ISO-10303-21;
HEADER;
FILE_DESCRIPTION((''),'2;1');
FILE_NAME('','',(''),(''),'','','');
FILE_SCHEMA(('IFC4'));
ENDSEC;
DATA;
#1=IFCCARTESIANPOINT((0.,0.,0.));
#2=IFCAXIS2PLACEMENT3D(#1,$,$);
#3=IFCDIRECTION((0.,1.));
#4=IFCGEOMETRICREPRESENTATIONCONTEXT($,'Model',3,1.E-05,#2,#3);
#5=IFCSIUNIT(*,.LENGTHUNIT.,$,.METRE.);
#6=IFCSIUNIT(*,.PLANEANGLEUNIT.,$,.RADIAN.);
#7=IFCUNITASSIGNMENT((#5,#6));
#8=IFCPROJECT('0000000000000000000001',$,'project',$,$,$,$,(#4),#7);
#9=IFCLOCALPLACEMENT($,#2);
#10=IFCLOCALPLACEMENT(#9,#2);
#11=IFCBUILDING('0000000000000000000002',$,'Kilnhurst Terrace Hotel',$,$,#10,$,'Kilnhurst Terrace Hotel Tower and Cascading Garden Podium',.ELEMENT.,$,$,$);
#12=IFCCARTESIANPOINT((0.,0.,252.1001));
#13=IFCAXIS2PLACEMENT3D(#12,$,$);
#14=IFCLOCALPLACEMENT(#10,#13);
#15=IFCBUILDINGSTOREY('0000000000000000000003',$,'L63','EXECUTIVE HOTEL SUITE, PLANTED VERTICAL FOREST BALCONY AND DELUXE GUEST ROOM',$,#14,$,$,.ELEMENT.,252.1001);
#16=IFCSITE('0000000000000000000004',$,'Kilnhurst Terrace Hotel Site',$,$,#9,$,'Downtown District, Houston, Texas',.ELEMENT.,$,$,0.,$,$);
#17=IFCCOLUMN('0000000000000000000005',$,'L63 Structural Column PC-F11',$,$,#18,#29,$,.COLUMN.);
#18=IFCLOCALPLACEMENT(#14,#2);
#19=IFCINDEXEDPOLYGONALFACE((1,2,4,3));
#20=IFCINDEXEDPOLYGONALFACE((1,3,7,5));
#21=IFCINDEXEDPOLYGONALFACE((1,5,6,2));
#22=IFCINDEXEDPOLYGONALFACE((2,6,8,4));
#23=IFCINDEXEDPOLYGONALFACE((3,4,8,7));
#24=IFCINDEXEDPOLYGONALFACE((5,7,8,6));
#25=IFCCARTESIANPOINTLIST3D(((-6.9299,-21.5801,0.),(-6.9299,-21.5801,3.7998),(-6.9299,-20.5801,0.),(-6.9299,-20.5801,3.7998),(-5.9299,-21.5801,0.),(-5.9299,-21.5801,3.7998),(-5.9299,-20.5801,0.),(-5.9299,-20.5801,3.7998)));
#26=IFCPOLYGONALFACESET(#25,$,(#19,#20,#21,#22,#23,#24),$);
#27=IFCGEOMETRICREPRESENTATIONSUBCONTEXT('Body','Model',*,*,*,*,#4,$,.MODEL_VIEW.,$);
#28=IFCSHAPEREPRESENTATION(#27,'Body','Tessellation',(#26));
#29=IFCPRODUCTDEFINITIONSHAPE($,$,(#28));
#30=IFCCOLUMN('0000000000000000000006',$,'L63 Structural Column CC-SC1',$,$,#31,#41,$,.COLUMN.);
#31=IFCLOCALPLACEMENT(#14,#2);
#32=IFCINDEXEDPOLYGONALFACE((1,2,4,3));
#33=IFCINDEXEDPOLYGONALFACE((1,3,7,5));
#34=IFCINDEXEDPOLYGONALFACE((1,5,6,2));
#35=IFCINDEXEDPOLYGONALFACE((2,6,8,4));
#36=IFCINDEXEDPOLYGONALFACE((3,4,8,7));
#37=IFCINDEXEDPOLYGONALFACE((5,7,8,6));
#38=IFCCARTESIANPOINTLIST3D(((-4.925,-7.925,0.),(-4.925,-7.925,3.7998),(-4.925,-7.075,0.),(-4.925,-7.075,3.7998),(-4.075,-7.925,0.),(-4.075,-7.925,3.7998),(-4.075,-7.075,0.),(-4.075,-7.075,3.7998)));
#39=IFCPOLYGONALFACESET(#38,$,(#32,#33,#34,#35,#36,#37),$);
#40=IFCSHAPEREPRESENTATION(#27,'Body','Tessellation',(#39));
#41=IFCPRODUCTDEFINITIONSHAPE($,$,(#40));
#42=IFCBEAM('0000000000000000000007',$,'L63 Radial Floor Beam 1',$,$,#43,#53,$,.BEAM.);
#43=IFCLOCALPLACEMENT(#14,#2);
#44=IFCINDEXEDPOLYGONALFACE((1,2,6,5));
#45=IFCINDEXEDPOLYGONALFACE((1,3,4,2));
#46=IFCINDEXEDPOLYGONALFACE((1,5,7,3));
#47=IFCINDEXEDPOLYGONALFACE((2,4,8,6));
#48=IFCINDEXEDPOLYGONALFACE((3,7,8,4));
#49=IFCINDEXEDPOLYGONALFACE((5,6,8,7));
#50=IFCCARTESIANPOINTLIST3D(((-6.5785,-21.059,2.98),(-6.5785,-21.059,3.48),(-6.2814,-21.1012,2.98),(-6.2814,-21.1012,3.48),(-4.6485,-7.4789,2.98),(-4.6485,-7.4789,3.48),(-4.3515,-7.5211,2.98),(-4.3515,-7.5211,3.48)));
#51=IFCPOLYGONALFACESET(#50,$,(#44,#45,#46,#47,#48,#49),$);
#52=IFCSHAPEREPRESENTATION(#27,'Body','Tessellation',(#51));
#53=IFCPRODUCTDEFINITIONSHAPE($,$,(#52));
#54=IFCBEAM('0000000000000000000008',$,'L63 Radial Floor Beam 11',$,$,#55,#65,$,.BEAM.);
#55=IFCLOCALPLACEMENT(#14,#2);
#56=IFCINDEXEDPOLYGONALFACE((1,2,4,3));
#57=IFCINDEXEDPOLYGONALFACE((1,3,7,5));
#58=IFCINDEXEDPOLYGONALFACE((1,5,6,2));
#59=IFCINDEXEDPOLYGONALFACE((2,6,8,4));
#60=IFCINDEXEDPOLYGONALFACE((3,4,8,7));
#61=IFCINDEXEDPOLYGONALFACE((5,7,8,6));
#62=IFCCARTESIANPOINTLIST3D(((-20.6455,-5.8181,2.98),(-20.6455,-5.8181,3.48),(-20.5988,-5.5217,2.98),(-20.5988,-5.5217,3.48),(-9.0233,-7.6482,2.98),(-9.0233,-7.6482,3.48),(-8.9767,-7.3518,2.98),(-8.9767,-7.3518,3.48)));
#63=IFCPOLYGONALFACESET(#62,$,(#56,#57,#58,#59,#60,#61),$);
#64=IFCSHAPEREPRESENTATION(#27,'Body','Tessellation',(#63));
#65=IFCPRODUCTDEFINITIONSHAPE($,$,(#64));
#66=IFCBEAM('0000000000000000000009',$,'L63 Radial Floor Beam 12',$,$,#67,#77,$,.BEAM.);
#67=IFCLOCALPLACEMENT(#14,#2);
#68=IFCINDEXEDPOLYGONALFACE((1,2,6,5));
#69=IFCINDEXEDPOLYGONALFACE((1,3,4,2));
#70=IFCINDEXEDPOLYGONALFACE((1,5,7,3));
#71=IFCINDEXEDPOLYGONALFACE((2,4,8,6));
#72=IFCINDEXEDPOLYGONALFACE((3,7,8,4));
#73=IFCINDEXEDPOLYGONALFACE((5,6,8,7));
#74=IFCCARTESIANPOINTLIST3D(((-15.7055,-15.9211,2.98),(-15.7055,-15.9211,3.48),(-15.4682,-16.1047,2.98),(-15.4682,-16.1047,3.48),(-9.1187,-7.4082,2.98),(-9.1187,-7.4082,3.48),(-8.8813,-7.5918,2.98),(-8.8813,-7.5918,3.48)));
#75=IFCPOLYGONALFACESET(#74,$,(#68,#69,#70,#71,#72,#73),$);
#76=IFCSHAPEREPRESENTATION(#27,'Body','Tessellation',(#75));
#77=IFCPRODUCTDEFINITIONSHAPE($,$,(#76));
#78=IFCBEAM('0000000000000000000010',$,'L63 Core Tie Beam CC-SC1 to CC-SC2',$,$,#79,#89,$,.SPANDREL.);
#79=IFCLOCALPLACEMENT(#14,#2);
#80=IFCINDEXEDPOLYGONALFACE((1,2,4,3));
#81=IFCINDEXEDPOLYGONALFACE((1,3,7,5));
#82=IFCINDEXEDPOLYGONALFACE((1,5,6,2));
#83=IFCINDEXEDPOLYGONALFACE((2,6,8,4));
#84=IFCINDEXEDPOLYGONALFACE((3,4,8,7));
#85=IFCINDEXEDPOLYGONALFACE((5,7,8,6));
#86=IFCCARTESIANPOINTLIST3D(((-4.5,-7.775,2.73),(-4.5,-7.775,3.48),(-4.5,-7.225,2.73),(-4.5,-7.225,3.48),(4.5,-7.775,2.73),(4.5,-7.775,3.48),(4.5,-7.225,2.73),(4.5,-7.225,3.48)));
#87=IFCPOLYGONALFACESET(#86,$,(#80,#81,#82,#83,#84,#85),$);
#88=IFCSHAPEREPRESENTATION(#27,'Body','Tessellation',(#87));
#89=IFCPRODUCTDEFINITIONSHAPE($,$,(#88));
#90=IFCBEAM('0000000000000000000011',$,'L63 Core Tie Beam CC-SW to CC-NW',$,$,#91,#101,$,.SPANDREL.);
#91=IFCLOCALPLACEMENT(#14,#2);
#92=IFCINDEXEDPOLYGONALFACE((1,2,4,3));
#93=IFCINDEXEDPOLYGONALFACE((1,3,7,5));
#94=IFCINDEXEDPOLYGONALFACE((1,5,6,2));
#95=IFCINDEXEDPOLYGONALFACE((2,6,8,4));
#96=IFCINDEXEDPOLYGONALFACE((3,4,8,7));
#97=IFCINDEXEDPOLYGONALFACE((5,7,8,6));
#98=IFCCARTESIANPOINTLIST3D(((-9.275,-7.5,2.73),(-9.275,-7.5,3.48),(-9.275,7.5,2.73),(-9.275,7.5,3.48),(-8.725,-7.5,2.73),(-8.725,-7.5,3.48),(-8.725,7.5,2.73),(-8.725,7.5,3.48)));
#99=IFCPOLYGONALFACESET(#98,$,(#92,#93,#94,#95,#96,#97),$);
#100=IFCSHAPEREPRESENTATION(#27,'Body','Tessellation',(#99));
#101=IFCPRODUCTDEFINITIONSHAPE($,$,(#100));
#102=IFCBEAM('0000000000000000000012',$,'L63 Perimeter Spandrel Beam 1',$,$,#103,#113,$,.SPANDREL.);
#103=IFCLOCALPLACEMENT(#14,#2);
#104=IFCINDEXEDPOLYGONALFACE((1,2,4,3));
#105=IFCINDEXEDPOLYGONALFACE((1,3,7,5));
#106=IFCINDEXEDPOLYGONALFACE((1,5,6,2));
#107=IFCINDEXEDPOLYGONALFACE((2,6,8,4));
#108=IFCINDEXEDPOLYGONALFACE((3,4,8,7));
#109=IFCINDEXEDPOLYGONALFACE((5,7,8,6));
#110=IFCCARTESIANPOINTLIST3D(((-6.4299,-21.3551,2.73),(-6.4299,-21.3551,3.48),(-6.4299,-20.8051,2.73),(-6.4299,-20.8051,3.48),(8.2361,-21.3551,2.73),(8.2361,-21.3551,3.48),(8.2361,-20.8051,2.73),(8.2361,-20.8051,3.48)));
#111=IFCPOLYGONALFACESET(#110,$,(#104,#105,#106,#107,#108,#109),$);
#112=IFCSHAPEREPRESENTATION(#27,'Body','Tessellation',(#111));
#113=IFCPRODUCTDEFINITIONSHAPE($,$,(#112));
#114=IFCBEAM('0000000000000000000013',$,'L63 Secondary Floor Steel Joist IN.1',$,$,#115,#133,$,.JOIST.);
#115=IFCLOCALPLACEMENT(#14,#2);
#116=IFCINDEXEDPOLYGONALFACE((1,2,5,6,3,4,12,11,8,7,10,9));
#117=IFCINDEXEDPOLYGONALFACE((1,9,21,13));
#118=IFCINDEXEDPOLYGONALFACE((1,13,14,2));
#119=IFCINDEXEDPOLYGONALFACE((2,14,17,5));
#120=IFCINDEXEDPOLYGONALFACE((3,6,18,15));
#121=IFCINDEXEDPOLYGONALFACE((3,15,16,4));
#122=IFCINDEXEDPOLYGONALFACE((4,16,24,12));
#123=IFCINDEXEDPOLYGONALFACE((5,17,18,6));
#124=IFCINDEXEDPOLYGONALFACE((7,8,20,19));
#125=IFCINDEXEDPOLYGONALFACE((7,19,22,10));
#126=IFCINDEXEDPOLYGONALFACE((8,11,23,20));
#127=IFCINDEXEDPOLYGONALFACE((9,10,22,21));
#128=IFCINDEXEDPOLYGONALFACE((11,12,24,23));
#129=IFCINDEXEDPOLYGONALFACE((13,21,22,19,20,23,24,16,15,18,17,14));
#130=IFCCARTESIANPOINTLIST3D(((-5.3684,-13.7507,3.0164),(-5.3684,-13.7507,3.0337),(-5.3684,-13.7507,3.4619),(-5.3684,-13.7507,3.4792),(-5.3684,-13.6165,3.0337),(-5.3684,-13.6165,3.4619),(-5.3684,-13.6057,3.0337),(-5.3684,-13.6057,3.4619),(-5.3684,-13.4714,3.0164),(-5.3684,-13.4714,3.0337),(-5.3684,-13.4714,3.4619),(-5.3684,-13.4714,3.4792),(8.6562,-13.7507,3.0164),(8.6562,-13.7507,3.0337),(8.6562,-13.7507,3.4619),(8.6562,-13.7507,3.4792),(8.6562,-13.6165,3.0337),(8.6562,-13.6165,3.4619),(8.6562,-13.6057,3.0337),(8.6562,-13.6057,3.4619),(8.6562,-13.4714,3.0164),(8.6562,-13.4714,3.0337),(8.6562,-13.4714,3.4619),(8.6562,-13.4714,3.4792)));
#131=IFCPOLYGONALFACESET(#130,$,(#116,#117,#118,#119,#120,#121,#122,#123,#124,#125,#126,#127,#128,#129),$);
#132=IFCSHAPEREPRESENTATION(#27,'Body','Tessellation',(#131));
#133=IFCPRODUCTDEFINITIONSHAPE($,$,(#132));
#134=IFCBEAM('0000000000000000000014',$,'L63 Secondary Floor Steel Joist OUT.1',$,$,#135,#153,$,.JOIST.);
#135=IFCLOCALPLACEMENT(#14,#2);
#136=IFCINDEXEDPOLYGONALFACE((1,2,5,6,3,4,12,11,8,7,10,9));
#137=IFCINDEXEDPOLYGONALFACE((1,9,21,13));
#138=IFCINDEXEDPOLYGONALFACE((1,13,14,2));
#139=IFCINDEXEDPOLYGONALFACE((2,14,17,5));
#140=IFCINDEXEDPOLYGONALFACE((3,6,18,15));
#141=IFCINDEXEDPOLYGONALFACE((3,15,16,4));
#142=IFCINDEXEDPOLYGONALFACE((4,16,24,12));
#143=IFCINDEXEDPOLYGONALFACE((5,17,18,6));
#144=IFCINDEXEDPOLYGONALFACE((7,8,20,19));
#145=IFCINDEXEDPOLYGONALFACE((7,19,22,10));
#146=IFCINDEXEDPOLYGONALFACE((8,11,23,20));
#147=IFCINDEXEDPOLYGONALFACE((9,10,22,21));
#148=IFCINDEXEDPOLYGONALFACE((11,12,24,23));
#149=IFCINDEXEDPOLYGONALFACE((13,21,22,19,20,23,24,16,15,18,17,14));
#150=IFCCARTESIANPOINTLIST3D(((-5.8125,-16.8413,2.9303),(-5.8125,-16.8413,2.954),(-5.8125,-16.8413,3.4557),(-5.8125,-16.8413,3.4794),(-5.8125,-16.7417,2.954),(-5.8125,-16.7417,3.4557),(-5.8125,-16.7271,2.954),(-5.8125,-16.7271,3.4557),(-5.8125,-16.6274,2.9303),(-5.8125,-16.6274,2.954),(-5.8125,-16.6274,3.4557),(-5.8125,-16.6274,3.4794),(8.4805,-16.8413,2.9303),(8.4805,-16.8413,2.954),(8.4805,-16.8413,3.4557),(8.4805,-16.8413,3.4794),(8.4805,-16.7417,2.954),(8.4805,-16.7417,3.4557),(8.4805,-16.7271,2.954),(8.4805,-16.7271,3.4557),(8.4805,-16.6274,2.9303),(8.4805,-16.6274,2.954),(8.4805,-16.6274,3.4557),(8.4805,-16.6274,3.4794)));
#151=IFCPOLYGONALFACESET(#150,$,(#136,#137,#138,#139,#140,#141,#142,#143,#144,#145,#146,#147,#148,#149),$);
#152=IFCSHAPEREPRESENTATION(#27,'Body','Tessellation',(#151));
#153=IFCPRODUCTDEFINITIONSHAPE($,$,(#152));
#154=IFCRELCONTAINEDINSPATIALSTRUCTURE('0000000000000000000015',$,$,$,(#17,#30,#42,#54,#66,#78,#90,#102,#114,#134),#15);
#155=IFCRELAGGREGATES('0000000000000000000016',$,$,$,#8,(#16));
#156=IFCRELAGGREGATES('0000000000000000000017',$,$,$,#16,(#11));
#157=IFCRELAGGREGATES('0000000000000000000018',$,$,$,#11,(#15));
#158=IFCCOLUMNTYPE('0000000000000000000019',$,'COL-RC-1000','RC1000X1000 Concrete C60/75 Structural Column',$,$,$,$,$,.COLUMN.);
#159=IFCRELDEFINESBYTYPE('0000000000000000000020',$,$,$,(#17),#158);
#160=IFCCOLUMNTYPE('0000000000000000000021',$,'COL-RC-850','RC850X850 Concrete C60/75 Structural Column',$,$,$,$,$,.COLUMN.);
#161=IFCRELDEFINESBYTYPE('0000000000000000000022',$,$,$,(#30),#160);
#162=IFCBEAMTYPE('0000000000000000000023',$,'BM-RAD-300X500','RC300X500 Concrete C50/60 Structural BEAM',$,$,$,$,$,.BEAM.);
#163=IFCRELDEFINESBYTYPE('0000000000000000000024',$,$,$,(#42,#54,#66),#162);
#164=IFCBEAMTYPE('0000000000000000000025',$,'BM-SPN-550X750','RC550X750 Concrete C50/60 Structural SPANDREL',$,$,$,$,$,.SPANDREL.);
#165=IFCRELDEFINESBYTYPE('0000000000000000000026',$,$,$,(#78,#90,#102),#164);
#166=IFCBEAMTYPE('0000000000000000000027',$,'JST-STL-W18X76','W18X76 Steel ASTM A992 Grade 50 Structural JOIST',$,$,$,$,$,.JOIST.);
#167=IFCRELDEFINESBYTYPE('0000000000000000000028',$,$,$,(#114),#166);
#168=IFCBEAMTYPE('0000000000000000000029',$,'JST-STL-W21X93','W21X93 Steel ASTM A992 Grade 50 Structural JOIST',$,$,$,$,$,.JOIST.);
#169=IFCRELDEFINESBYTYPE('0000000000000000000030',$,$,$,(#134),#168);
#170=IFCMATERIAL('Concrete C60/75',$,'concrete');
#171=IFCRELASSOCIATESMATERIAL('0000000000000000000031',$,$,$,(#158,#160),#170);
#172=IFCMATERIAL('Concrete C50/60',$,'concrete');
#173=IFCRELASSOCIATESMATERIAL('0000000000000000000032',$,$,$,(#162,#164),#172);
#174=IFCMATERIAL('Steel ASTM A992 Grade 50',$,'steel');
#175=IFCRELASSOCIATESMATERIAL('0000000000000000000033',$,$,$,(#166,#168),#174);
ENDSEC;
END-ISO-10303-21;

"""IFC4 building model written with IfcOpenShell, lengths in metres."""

from ifc_helpers import new_model, si_unit, direction, frame, origin, origin_2d, place, context, subcontext, project, spatial, rectangle, i_section, extrude, material, material_profile, profile_set, type_object, element, save


model = new_model("IFC4")

# Units and contexts
model_context = context("Model", 3, precision=1e-05, world=origin(), true_north=direction((0.0, 1.0)))
body_context = subcontext(model_context, "Body", "Model", "MODEL_VIEW")
ifc_project = project(units=[si_unit("LENGTHUNIT", "METRE"), si_unit("PLANEANGLEUNIT", "RADIAN")], contexts=[model_context])

# Site, building, storey
site_placement = place(None, origin())
site = spatial("IfcSite", under=ifc_project, at=site_placement, Name="Kilnhurst Terrace Hotel Site", LongName="Downtown District, Houston, Texas", CompositionType="ELEMENT", RefElevation=0.0)
building_placement = place(site_placement, origin())
building = spatial("IfcBuilding", under=site, at=building_placement, Name="Kilnhurst Terrace Hotel", LongName="Kilnhurst Terrace Hotel Tower and Cascading Garden Podium", CompositionType="ELEMENT")
storey_placement = place(building_placement, frame((0.0, 0.0, 252.1001)))
storey = spatial("IfcBuildingStorey", under=building, at=storey_placement, Name="L63", Description="EXECUTIVE HOTEL SUITE, PLANTED VERTICAL FOREST BALCONY AND DELUXE GUEST ROOM", CompositionType="ELEMENT", Elevation=252.1001)

# Columns
ifc_material_1 = material(Name="Concrete C60/75", Category="concrete")
ifc_material_profile_1 = material_profile(ifc_material_1, rectangle(XDim=1.0, YDim=1.0, at=origin_2d()), Name="RC1000X1000")
ifc_profile_set_1 = profile_set([ifc_material_profile_1], Name="Concrete C60/75")
column_type_1 = type_object("IfcColumnType", Name="COL-RC-1000", Description="RC1000X1000 Concrete C60/75 Structural Column", PredefinedType="COLUMN", material=ifc_profile_set_1)
column_1_placement = place(storey_placement, frame((-6.4299, -21.0801, 0.0), z_axis=(0.0, 0.0, 1.0), x_axis=(1.0, 0.0, 0.0)))
element("IfcColumn", 1, at=column_1_placement, inside=storey, type_object=column_type_1, Name="L63 Structural Column PC-F11", PredefinedType="COLUMN", context=body_context, shape_type="SweptSolid", body=[
    extrude(rectangle(XDim=1.0, YDim=1.0, at=origin_2d()), origin(), (0.0, 0.0, 1.0), 3.7998),
])
ifc_material_profile_2 = material_profile(ifc_material_1, rectangle(XDim=0.8501, YDim=0.8501, at=origin_2d()), Name="RC850X850")
ifc_profile_set_2 = profile_set([ifc_material_profile_2], Name="Concrete C60/75")
column_type_2 = type_object("IfcColumnType", Name="COL-RC-850", Description="RC850X850 Concrete C60/75 Structural Column", PredefinedType="COLUMN", material=ifc_profile_set_2)
column_2_placement = place(storey_placement, frame((-4.5, -7.5, 0.0), z_axis=(0.0, 0.0, 1.0), x_axis=(1.0, 0.0, 0.0)))
element("IfcColumn", 2, at=column_2_placement, inside=storey, type_object=column_type_2, Name="L63 Structural Column CC-SC1", PredefinedType="COLUMN", context=body_context, shape_type="SweptSolid", body=[
    extrude(rectangle(XDim=0.8501, YDim=0.8501, at=origin_2d()), origin(), (0.0, 0.0, 1.0), 3.7998),
])

# Beams
ifc_material_2 = material(Name="Concrete C50/60", Category="concrete")
ifc_material_profile_3 = material_profile(ifc_material_2, rectangle(XDim=0.3, YDim=0.5, at=origin_2d()), Name="RC300X500")
ifc_profile_set_3 = profile_set([ifc_material_profile_3], Name="Concrete C50/60")
beam_type_1 = type_object("IfcBeamType", Name="BM-RAD-300X500", Description="RC300X500 Concrete C50/60 Structural BEAM", PredefinedType="BEAM", material=ifc_profile_set_3)
beam_1_placement = place(storey_placement, frame((-4.5, -7.5, 3.23), z_axis=(-0.140701, -0.990052, 0.0), x_axis=(0.990052, -0.140701, 0.0)))
element("IfcBeam", 3, at=beam_1_placement, inside=storey, type_object=beam_type_1, Name="L63 Radial Floor Beam 1", PredefinedType="BEAM", context=body_context, shape_type="SweptSolid", body=[
    extrude(rectangle(XDim=0.3, YDim=0.5, at=origin_2d()), origin(), (0.0, 0.0, 1.0), 13.7166),
])
beam_2_placement = place(storey_placement, frame((-9.0, -7.5, 3.23), z_axis=(-0.987828, 0.155549, 0.0), x_axis=(-0.155549, -0.987828, 0.0)))
element("IfcBeam", 4, at=beam_2_placement, inside=storey, type_object=beam_type_1, Name="L63 Radial Floor Beam 11", PredefinedType="BEAM", context=body_context, shape_type="SweptSolid", body=[
    extrude(rectangle(XDim=0.3, YDim=0.5, at=origin_2d()), origin(), (0.0, 0.0, 1.0), 11.7654),
])
beam_3_placement = place(storey_placement, frame((-9.0, -7.5, 3.23), z_axis=(-0.611955, -0.790892, 0.0), x_axis=(0.790892, -0.611955, 0.0)))
element("IfcBeam", 5, at=beam_3_placement, inside=storey, type_object=beam_type_1, Name="L63 Radial Floor Beam 12", PredefinedType="BEAM", context=body_context, shape_type="SweptSolid", body=[
    extrude(rectangle(XDim=0.3, YDim=0.5, at=origin_2d()), origin(), (0.0, 0.0, 1.0), 10.7637),
])
ifc_material_profile_4 = material_profile(ifc_material_2, rectangle(XDim=0.55, YDim=0.75, at=origin_2d()), Name="RC550X750")
ifc_profile_set_4 = profile_set([ifc_material_profile_4], Name="Concrete C50/60")
beam_type_2 = type_object("IfcBeamType", Name="BM-SPN-550X750", Description="RC550X750 Concrete C50/60 Structural SPANDREL", PredefinedType="SPANDREL", material=ifc_profile_set_4)
beam_4_placement = place(storey_placement, frame((-4.5, -7.5, 3.105), z_axis=(1.0, 0.0, 0.0), x_axis=(0.0, 1.0, 0.0)))
element("IfcBeam", 6, at=beam_4_placement, inside=storey, type_object=beam_type_2, Name="L63 Core Tie Beam CC-SC1 to CC-SC2", PredefinedType="SPANDREL", context=body_context, shape_type="SweptSolid", body=[
    extrude(rectangle(XDim=0.55, YDim=0.75, at=origin_2d()), origin(), (0.0, 0.0, 1.0), 9.0),
])
beam_5_placement = place(storey_placement, frame((-9.0, -7.5, 3.105), z_axis=(0.0, 1.0, 0.0), x_axis=(-1.0, 0.0, 0.0)))
element("IfcBeam", 7, at=beam_5_placement, inside=storey, type_object=beam_type_2, Name="L63 Core Tie Beam CC-SW to CC-NW", PredefinedType="SPANDREL", context=body_context, shape_type="SweptSolid", body=[
    extrude(rectangle(XDim=0.55, YDim=0.75, at=origin_2d()), origin(), (0.0, 0.0, 1.0), 15.0),
])
beam_6_placement = place(storey_placement, frame((-6.4299, -21.0801, 3.105), z_axis=(1.0, 0.0, 0.0), x_axis=(0.0, 1.0, 0.0)))
element("IfcBeam", 8, at=beam_6_placement, inside=storey, type_object=beam_type_2, Name="L63 Perimeter Spandrel Beam 1", PredefinedType="SPANDREL", context=body_context, shape_type="SweptSolid", body=[
    extrude(rectangle(XDim=0.55, YDim=0.75, at=origin_2d()), origin(), (0.0, 0.0, 1.0), 14.666),
])
ifc_material_3 = material(Name="Steel ASTM A992 Grade 50", Category="steel")
ifc_material_profile_5 = material_profile(ifc_material_3, i_section(OverallWidth=0.2793, OverallDepth=0.4629, WebThickness=0.0107, FlangeThickness=0.0173, at=origin_2d()), Name="W18X76")
ifc_profile_set_5 = profile_set([ifc_material_profile_5], Name="Steel ASTM A992 Grade 50")
beam_type_3 = type_object("IfcBeamType", Name="JST-STL-W18X76", Description="W18X76 Steel ASTM A992 Grade 50 Structural JOIST", PredefinedType="JOIST", material=ifc_profile_set_5)
beam_7_placement = place(storey_placement, frame((-5.3684, -13.6111, 3.2478), z_axis=(1.0, 0.0, 0.0), x_axis=(0.0, 1.0, 0.0)))
element("IfcBeam", 9, at=beam_7_placement, inside=storey, type_object=beam_type_3, Name="L63 Secondary Floor Steel Joist IN.1", PredefinedType="JOIST", context=body_context, shape_type="SweptSolid", body=[
    extrude(i_section(OverallWidth=0.2793, OverallDepth=0.4629, WebThickness=0.0107, FlangeThickness=0.0173, at=origin_2d()), origin(), (0.0, 0.0, 1.0), 14.0247),
])
ifc_material_profile_6 = material_profile(ifc_material_3, i_section(OverallWidth=0.2139, OverallDepth=0.5491, WebThickness=0.0146, FlangeThickness=0.0237, at=origin_2d()), Name="W21X93")
ifc_profile_set_6 = profile_set([ifc_material_profile_6], Name="Steel ASTM A992 Grade 50")
beam_type_4 = type_object("IfcBeamType", Name="JST-STL-W21X93", Description="W21X93 Steel ASTM A992 Grade 50 Structural JOIST", PredefinedType="JOIST", material=ifc_profile_set_6)
beam_8_placement = place(storey_placement, frame((-5.8125, -16.7344, 3.2048), z_axis=(1.0, 0.0, 0.0), x_axis=(0.0, 1.0, 0.0)))
element("IfcBeam", 10, at=beam_8_placement, inside=storey, type_object=beam_type_4, Name="L63 Secondary Floor Steel Joist OUT.1", PredefinedType="JOIST", context=body_context, shape_type="SweptSolid", body=[
    extrude(i_section(OverallWidth=0.2139, OverallDepth=0.5491, WebThickness=0.0146, FlangeThickness=0.0237, at=origin_2d()), origin(), (0.0, 0.0, 1.0), 14.293),
])

save(model, "model.ifc")
